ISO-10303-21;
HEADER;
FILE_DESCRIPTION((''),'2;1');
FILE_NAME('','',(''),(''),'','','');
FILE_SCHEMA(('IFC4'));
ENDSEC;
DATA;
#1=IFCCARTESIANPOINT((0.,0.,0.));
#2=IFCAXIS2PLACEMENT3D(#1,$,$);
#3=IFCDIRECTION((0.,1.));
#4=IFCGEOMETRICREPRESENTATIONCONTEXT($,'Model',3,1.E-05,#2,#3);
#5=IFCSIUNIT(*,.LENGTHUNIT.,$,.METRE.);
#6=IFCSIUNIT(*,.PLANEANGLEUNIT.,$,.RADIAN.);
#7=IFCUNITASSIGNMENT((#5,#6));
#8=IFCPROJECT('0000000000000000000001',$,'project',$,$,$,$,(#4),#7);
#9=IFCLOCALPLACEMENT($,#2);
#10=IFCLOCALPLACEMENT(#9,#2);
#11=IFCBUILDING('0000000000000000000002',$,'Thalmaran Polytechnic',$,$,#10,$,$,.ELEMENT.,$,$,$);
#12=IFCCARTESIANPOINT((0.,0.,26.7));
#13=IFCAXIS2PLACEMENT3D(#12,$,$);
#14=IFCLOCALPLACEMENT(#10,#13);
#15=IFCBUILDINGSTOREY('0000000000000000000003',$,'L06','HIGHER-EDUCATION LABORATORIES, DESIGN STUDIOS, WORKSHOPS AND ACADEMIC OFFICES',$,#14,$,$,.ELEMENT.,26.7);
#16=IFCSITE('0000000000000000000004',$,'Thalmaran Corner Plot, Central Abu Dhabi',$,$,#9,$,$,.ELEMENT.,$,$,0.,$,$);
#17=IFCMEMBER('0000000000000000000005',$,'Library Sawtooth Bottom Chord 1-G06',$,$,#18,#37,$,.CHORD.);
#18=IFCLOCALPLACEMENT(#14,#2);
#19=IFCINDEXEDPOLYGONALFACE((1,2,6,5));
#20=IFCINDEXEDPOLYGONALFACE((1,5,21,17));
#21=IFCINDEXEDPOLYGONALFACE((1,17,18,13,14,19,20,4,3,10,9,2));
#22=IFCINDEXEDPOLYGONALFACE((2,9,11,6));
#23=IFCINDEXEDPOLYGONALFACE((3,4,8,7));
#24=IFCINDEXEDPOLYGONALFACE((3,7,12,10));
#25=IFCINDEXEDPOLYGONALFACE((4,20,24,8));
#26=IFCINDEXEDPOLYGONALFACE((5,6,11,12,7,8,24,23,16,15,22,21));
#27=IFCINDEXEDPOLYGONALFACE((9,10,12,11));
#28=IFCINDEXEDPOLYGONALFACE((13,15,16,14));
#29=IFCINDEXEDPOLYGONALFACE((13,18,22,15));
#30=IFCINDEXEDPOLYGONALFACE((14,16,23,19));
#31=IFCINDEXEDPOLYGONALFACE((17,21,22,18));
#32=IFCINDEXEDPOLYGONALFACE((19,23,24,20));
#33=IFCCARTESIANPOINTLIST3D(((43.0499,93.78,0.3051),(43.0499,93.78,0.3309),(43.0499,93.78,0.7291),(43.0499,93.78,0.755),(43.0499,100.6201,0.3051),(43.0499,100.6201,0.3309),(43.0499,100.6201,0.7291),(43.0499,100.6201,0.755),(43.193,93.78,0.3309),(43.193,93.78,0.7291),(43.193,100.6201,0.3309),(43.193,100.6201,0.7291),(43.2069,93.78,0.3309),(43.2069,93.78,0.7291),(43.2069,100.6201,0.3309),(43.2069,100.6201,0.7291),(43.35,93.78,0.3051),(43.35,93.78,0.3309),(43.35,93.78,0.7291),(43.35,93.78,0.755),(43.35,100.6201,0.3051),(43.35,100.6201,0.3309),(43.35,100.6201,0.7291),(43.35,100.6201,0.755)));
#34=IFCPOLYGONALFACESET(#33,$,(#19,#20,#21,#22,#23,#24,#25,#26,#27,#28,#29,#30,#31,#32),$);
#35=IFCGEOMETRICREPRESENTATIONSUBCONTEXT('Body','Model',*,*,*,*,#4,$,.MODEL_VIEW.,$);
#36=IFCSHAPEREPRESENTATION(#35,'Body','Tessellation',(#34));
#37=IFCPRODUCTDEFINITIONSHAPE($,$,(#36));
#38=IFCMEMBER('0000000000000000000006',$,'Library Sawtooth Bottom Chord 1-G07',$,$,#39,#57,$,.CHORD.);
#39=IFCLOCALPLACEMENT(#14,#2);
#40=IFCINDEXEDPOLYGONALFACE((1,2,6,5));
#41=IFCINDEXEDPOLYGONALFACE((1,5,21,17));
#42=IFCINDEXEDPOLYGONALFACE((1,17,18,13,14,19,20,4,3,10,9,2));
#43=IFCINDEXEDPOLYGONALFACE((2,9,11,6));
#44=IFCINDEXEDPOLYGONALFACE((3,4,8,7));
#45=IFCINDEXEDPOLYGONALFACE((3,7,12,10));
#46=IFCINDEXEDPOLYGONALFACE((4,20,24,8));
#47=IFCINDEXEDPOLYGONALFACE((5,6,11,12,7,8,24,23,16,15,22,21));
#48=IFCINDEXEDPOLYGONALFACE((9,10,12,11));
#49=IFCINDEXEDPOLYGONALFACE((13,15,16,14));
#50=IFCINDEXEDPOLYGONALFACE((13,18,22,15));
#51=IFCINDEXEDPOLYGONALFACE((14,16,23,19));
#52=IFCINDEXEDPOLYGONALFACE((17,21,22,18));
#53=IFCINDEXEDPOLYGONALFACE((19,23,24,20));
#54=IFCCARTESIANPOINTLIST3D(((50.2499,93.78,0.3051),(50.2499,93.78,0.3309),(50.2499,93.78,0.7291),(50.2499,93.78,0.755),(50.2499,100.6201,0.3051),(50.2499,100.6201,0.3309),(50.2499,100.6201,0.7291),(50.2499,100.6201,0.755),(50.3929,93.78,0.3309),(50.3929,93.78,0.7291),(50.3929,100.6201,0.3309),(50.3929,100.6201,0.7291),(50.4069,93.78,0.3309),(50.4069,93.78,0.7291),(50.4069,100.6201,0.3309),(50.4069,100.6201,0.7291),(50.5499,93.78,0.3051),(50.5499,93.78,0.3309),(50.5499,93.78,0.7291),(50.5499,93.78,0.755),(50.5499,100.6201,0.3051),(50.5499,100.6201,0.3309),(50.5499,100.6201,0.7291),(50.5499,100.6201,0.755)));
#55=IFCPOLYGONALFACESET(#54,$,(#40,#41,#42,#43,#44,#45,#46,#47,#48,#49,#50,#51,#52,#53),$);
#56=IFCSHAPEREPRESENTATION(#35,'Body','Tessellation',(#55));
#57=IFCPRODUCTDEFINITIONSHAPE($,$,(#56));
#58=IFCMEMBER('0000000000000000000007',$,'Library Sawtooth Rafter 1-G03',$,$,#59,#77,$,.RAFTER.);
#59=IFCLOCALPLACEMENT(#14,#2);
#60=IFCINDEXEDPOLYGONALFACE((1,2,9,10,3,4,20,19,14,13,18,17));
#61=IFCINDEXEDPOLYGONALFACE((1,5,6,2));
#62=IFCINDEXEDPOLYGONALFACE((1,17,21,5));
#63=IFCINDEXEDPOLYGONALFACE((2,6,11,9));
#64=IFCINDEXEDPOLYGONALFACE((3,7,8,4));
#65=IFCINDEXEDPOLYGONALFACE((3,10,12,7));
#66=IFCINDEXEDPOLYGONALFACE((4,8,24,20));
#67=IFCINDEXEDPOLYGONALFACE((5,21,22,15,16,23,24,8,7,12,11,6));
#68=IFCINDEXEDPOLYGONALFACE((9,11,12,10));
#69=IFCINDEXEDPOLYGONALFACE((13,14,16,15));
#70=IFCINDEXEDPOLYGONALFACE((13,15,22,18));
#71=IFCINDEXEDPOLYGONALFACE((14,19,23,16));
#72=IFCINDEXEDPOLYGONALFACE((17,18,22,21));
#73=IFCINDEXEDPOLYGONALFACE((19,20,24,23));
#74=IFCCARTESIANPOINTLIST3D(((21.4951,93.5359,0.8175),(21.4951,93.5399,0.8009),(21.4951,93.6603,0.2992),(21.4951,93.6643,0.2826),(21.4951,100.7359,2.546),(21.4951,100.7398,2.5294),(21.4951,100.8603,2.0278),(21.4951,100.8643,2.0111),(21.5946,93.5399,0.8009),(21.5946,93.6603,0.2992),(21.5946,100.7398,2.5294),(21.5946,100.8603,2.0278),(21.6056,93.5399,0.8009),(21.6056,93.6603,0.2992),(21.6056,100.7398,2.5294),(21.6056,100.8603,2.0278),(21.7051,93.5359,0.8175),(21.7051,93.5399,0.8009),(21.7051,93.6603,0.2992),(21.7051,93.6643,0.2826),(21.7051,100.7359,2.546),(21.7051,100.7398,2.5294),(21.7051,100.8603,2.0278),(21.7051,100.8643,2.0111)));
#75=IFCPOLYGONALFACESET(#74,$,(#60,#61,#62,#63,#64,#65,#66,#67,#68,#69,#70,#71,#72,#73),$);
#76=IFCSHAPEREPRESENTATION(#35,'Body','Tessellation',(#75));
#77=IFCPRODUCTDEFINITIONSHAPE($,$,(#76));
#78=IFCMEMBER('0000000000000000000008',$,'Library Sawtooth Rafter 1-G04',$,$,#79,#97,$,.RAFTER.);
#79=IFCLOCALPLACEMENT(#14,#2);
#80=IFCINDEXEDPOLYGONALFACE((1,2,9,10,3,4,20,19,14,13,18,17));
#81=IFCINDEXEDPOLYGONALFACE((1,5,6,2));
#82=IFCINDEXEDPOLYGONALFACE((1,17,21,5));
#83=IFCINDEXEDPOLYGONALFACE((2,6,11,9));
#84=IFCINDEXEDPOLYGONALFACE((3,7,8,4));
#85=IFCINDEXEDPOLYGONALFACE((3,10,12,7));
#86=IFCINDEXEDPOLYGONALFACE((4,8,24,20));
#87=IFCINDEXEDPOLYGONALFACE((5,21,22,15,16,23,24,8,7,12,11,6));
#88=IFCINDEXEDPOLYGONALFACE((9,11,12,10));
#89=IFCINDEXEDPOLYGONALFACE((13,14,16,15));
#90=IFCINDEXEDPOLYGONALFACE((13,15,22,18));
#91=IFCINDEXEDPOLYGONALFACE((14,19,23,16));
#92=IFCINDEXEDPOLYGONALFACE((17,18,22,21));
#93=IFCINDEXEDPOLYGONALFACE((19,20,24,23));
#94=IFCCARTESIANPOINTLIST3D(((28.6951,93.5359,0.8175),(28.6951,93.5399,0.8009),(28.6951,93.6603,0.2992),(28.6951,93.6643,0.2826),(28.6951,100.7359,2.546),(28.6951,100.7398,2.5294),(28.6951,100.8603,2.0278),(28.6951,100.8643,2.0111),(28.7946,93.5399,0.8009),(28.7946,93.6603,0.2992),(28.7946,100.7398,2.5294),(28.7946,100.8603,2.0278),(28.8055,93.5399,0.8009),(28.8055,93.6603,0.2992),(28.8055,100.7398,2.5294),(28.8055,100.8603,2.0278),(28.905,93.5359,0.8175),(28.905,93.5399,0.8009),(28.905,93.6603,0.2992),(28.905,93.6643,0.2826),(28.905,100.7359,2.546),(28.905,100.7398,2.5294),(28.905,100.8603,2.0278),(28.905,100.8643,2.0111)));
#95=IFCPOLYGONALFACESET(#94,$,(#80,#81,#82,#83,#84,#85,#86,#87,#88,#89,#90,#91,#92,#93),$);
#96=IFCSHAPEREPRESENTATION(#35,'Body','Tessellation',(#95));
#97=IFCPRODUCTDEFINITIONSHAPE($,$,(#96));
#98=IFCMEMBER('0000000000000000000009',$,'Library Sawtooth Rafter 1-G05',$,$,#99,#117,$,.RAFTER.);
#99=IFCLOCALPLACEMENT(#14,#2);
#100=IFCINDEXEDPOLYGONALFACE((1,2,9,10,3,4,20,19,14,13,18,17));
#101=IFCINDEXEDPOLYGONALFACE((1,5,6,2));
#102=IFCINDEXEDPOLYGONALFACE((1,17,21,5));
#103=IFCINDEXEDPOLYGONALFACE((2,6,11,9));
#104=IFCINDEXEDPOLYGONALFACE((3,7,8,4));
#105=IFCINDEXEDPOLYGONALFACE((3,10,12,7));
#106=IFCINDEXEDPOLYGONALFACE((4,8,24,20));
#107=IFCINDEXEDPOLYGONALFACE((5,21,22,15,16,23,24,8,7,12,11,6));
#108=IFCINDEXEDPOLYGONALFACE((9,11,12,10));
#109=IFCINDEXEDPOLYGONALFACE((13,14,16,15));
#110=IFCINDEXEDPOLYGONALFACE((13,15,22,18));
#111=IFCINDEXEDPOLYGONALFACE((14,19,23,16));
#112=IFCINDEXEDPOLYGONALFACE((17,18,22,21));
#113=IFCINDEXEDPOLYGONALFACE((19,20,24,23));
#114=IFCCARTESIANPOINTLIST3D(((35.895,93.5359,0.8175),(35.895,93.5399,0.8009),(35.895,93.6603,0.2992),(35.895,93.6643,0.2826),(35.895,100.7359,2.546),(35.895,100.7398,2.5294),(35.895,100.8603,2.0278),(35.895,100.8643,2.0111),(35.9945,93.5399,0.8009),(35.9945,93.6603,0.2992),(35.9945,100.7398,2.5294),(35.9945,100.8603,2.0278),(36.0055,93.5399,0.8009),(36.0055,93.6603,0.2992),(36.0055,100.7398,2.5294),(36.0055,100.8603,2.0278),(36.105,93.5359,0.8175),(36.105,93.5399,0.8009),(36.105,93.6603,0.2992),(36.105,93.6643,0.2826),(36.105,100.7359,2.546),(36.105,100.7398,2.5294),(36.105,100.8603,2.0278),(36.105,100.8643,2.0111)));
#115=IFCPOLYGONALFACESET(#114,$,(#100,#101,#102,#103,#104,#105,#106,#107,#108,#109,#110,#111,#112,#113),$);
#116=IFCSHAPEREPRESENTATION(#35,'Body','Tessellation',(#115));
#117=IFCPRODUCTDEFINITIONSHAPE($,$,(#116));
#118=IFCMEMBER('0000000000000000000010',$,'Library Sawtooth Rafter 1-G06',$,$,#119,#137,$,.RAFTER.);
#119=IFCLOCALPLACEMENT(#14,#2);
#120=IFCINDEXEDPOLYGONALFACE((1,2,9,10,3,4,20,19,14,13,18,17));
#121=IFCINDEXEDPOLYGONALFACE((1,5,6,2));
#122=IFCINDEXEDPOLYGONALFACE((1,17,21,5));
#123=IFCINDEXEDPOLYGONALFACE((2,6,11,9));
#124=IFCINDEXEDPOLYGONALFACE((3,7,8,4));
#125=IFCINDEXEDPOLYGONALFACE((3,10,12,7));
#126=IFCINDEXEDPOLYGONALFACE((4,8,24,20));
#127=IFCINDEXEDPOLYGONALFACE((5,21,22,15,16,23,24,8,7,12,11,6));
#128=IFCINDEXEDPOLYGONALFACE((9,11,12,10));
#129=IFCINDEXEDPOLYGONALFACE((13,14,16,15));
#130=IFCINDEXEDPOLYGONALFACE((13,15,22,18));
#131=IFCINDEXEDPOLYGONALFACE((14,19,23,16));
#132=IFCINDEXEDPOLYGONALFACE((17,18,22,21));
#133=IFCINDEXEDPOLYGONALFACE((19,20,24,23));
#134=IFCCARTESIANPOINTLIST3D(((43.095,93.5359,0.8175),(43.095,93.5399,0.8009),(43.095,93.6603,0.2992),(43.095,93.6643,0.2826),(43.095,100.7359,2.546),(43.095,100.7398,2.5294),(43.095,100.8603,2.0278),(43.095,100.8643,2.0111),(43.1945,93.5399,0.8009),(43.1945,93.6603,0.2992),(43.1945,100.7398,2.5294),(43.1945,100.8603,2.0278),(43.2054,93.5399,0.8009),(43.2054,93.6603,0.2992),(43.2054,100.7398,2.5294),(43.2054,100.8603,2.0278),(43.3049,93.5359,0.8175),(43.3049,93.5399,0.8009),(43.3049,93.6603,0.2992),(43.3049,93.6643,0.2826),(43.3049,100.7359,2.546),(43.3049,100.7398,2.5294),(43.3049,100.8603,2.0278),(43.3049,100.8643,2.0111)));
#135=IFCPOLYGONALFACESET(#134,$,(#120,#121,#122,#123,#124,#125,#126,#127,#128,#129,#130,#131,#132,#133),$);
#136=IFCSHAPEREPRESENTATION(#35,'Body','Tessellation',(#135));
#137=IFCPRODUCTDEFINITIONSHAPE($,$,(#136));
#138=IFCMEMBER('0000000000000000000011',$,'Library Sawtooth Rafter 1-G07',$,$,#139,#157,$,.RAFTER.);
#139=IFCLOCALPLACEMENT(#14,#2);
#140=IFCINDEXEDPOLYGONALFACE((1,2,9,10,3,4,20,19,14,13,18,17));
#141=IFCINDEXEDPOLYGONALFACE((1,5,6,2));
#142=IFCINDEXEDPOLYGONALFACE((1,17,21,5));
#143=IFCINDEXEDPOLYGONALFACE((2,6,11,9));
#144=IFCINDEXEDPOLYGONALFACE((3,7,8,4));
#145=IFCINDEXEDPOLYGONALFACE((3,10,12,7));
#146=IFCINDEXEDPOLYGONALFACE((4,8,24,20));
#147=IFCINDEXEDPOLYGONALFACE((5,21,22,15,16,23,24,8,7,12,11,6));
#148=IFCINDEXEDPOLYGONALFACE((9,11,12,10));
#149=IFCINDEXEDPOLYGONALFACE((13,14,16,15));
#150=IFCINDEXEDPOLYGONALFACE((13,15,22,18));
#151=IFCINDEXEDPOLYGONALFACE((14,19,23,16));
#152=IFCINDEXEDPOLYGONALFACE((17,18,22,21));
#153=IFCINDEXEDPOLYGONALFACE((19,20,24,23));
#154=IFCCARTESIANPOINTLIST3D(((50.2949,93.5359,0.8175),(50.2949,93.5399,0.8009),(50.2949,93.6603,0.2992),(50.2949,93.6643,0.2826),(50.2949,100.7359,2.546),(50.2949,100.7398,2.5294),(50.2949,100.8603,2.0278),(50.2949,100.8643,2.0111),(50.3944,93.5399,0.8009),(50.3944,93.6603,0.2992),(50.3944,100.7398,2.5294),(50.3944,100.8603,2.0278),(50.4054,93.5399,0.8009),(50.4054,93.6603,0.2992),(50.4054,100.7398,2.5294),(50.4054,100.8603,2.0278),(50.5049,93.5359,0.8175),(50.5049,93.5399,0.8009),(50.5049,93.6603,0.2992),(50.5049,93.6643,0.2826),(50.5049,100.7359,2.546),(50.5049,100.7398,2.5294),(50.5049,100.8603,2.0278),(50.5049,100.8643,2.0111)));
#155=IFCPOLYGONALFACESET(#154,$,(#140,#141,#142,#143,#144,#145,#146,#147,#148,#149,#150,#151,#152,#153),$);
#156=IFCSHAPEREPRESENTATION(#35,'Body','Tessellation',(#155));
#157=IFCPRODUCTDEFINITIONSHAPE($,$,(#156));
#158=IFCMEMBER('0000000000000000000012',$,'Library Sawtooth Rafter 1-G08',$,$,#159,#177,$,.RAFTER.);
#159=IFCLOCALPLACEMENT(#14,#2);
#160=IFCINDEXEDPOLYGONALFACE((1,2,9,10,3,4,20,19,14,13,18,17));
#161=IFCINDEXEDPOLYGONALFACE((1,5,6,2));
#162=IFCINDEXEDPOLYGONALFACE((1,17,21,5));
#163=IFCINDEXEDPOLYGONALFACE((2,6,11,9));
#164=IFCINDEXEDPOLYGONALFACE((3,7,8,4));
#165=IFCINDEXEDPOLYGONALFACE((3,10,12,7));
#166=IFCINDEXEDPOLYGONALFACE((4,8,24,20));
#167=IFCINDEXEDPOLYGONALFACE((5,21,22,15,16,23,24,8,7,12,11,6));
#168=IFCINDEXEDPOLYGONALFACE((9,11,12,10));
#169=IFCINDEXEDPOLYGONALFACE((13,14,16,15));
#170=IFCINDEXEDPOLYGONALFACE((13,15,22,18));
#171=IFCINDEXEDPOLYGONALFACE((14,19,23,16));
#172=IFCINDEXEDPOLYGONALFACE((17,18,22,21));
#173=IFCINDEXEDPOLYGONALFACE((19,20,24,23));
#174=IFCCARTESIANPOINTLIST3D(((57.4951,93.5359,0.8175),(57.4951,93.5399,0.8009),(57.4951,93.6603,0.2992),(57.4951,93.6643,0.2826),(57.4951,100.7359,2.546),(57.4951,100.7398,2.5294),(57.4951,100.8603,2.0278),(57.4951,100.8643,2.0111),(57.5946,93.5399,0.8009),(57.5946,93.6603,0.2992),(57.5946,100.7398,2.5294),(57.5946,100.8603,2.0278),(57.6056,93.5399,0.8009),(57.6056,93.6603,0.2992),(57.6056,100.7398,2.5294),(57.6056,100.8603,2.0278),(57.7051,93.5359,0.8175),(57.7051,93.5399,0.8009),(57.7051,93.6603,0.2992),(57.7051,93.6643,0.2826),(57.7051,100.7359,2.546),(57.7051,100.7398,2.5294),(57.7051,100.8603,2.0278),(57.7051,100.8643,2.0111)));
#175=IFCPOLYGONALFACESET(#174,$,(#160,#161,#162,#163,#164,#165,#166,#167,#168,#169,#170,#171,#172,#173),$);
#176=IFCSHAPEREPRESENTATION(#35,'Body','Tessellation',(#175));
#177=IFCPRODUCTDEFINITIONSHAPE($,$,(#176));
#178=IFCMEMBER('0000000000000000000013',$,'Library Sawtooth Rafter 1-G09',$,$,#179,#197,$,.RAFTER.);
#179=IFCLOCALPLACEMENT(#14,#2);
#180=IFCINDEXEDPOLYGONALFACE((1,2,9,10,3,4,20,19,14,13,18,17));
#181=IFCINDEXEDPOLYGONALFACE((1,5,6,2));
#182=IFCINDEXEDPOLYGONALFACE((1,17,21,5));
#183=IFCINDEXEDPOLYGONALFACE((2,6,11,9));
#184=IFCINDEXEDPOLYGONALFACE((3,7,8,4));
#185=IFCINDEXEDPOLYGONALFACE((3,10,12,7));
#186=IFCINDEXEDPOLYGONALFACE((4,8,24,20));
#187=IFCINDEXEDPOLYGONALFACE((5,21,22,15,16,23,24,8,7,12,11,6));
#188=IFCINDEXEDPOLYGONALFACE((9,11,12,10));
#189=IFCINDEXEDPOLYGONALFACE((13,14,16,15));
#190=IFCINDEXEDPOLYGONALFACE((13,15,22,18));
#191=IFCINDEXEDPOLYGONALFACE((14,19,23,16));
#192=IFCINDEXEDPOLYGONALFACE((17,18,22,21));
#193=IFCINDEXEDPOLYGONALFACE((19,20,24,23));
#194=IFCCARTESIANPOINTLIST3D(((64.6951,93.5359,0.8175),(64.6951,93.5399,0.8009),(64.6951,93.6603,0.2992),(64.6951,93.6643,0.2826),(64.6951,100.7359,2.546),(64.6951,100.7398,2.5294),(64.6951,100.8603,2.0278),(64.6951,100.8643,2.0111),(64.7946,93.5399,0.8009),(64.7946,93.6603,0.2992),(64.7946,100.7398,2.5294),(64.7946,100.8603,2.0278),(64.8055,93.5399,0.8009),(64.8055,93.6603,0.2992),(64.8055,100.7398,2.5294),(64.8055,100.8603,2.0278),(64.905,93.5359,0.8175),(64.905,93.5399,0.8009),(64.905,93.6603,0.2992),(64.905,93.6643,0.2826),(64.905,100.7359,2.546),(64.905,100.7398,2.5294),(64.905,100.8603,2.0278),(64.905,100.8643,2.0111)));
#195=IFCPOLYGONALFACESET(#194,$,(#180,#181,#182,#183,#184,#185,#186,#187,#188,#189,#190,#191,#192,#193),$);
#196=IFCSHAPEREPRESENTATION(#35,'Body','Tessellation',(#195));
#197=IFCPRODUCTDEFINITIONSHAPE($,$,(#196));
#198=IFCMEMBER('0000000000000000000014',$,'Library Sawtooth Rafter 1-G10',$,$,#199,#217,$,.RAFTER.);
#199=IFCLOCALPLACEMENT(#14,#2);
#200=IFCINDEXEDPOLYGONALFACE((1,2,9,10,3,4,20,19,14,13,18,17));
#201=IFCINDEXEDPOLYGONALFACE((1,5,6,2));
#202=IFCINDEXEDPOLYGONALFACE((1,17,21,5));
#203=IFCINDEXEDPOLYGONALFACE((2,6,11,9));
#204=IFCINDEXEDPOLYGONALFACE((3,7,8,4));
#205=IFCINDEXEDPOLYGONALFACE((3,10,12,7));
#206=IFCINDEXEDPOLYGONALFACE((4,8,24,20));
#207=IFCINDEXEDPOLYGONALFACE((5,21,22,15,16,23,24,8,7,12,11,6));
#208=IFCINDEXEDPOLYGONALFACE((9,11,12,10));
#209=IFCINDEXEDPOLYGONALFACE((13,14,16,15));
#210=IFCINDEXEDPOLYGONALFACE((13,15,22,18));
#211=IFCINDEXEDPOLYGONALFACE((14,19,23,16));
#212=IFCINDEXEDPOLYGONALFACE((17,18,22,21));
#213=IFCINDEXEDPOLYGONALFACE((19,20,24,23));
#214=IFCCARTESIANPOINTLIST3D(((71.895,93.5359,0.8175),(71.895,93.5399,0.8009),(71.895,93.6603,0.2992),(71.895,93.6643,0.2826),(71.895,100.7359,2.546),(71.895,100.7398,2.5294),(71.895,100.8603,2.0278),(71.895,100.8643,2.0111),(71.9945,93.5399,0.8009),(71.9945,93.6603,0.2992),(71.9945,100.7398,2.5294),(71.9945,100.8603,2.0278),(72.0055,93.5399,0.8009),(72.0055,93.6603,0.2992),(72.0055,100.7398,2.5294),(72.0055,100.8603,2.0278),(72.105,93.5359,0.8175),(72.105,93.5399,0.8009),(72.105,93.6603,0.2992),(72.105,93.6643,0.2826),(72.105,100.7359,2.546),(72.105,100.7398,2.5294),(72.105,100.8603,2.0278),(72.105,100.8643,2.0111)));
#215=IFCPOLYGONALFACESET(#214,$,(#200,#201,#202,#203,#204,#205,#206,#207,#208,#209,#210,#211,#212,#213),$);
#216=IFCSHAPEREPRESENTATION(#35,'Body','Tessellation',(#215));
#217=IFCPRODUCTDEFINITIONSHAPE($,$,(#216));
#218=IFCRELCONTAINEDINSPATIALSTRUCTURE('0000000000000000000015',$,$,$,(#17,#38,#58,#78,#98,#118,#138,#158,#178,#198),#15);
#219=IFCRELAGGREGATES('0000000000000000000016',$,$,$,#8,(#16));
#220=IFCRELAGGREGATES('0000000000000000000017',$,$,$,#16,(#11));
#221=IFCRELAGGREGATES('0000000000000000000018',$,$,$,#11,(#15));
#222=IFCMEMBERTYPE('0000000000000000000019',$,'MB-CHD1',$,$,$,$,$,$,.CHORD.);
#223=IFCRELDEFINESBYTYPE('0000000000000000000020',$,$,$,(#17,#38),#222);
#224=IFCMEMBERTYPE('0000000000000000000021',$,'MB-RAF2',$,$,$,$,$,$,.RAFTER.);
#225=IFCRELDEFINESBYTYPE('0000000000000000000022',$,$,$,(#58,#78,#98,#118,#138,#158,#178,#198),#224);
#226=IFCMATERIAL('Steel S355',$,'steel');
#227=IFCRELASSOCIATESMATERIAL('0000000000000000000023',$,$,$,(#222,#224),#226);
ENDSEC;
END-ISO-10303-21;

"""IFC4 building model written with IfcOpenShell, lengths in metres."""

from ifc_helpers import new_model, si_unit, direction, frame, origin, origin_2d, place, context, subcontext, project, spatial, i_section, extrude, material, material_profile, profile_set, type_object, element, save


model = new_model("IFC4")

# Units and contexts
model_context = context("Model", 3, precision=1e-05, world=origin(), true_north=direction((0.0, 1.0)))
body_context = subcontext(model_context, "Body", "Model", "MODEL_VIEW")
ifc_project = project(units=[si_unit("LENGTHUNIT", "METRE"), si_unit("PLANEANGLEUNIT", "RADIAN")], contexts=[model_context])

# Site, building, storey
site_placement = place(None, origin())
site = spatial("IfcSite", under=ifc_project, at=site_placement, Name="Thalmaran Corner Plot, Central Abu Dhabi", CompositionType="ELEMENT", RefElevation=0.0)
building_placement = place(site_placement, origin())
building = spatial("IfcBuilding", under=site, at=building_placement, Name="Thalmaran Polytechnic", CompositionType="ELEMENT")
storey_placement = place(building_placement, frame((0.0, 0.0, 26.7)))
storey = spatial("IfcBuildingStorey", under=building, at=storey_placement, Name="L06", Description="HIGHER-EDUCATION LABORATORIES, DESIGN STUDIOS, WORKSHOPS AND ACADEMIC OFFICES", CompositionType="ELEMENT", Elevation=26.7)

# Shared definitions
ifc_material_1 = material(Name="Steel S355", Category="steel")

# Members
ifc_material_profile_1 = material_profile(ifc_material_1, i_section(OverallWidth=0.3, OverallDepth=0.45, WebThickness=0.0139, FlangeThickness=0.0259, at=origin_2d()), Name="HEB 450")
ifc_profile_set_1 = profile_set([ifc_material_profile_1], Name="Steel S355")
member_type_1 = type_object("IfcMemberType", Name="MB-CHD1", PredefinedType="CHORD", material=ifc_profile_set_1)
for number, where, z_axis, x_axis, name in (
    (1, (43.2, 93.78, 0.53), (0.0, 1.0, 0.0), (-1.0, 0.0, 0.0), "Library Sawtooth Bottom Chord 1-G06"),
    (2, (50.3999, 93.78, 0.53), (0.0, 1.0, 0.0), (-1.0, 0.0, 0.0), "Library Sawtooth Bottom Chord 1-G07"),
):
    element("IfcMember", number, at=place(storey_placement, frame(where, z_axis=z_axis, x_axis=x_axis)), inside=storey, type_object=member_type_1, Name=name, PredefinedType="CHORD", context=body_context, shape_type="SweptSolid", body=[
        extrude(i_section(OverallWidth=0.3, OverallDepth=0.45, WebThickness=0.0139, FlangeThickness=0.0259, at=origin_2d()), origin(), (0.0, 0.0, 1.0), 6.8401),
    ])
ifc_material_profile_2 = material_profile(ifc_material_1, i_section(OverallWidth=0.21, OverallDepth=0.55, WebThickness=0.011, FlangeThickness=0.0171, at=origin_2d()), Name="IPE 550")
ifc_profile_set_2 = profile_set([ifc_material_profile_2], Name="Steel S355")
member_type_2 = type_object("IfcMemberType", Name="MB-RAF2", PredefinedType="RAFTER", material=ifc_profile_set_2)
for number, where, z_axis, x_axis, name in (
    (3, (21.6001, 93.6001, 0.55), (0.0, 0.972371, 0.23344), (-1.0, 0.0, 0.0), "Library Sawtooth Rafter 1-G03"),
    (4, (28.8, 93.6001, 0.55), (0.0, 0.972371, 0.23344), (-1.0, 0.0, 0.0), "Library Sawtooth Rafter 1-G04"),
    (5, (36.0, 93.6001, 0.55), (0.0, 0.972371, 0.23344), (-1.0, 0.0, 0.0), "Library Sawtooth Rafter 1-G05"),
    (6, (43.2, 93.6001, 0.55), (0.0, 0.972371, 0.23344), (-1.0, 0.0, 0.0), "Library Sawtooth Rafter 1-G06"),
    (7, (50.3999, 93.6001, 0.55), (0.0, 0.972371, 0.23344), (-1.0, 0.0, 0.0), "Library Sawtooth Rafter 1-G07"),
    (8, (57.6001, 93.6001, 0.55), (0.0, 0.972371, 0.23344), (-1.0, 0.0, 0.0), "Library Sawtooth Rafter 1-G08"),
    (9, (64.8, 93.6001, 0.55), (0.0, 0.972371, 0.23344), (-1.0, 0.0, 0.0), "Library Sawtooth Rafter 1-G09"),
    (10, (72.0, 93.6001, 0.55), (0.0, 0.972371, 0.23344), (-1.0, 0.0, 0.0), "Library Sawtooth Rafter 1-G10"),
):
    element("IfcMember", number, at=place(storey_placement, frame(where, z_axis=z_axis, x_axis=x_axis)), inside=storey, type_object=member_type_2, Name=name, PredefinedType="RAFTER", context=body_context, shape_type="SweptSolid", body=[
        extrude(i_section(OverallWidth=0.21, OverallDepth=0.55, WebThickness=0.011, FlangeThickness=0.0171, at=origin_2d()), origin(), (0.0, 0.0, 1.0), 7.4045),
    ])

save(model, "model.ifc")
